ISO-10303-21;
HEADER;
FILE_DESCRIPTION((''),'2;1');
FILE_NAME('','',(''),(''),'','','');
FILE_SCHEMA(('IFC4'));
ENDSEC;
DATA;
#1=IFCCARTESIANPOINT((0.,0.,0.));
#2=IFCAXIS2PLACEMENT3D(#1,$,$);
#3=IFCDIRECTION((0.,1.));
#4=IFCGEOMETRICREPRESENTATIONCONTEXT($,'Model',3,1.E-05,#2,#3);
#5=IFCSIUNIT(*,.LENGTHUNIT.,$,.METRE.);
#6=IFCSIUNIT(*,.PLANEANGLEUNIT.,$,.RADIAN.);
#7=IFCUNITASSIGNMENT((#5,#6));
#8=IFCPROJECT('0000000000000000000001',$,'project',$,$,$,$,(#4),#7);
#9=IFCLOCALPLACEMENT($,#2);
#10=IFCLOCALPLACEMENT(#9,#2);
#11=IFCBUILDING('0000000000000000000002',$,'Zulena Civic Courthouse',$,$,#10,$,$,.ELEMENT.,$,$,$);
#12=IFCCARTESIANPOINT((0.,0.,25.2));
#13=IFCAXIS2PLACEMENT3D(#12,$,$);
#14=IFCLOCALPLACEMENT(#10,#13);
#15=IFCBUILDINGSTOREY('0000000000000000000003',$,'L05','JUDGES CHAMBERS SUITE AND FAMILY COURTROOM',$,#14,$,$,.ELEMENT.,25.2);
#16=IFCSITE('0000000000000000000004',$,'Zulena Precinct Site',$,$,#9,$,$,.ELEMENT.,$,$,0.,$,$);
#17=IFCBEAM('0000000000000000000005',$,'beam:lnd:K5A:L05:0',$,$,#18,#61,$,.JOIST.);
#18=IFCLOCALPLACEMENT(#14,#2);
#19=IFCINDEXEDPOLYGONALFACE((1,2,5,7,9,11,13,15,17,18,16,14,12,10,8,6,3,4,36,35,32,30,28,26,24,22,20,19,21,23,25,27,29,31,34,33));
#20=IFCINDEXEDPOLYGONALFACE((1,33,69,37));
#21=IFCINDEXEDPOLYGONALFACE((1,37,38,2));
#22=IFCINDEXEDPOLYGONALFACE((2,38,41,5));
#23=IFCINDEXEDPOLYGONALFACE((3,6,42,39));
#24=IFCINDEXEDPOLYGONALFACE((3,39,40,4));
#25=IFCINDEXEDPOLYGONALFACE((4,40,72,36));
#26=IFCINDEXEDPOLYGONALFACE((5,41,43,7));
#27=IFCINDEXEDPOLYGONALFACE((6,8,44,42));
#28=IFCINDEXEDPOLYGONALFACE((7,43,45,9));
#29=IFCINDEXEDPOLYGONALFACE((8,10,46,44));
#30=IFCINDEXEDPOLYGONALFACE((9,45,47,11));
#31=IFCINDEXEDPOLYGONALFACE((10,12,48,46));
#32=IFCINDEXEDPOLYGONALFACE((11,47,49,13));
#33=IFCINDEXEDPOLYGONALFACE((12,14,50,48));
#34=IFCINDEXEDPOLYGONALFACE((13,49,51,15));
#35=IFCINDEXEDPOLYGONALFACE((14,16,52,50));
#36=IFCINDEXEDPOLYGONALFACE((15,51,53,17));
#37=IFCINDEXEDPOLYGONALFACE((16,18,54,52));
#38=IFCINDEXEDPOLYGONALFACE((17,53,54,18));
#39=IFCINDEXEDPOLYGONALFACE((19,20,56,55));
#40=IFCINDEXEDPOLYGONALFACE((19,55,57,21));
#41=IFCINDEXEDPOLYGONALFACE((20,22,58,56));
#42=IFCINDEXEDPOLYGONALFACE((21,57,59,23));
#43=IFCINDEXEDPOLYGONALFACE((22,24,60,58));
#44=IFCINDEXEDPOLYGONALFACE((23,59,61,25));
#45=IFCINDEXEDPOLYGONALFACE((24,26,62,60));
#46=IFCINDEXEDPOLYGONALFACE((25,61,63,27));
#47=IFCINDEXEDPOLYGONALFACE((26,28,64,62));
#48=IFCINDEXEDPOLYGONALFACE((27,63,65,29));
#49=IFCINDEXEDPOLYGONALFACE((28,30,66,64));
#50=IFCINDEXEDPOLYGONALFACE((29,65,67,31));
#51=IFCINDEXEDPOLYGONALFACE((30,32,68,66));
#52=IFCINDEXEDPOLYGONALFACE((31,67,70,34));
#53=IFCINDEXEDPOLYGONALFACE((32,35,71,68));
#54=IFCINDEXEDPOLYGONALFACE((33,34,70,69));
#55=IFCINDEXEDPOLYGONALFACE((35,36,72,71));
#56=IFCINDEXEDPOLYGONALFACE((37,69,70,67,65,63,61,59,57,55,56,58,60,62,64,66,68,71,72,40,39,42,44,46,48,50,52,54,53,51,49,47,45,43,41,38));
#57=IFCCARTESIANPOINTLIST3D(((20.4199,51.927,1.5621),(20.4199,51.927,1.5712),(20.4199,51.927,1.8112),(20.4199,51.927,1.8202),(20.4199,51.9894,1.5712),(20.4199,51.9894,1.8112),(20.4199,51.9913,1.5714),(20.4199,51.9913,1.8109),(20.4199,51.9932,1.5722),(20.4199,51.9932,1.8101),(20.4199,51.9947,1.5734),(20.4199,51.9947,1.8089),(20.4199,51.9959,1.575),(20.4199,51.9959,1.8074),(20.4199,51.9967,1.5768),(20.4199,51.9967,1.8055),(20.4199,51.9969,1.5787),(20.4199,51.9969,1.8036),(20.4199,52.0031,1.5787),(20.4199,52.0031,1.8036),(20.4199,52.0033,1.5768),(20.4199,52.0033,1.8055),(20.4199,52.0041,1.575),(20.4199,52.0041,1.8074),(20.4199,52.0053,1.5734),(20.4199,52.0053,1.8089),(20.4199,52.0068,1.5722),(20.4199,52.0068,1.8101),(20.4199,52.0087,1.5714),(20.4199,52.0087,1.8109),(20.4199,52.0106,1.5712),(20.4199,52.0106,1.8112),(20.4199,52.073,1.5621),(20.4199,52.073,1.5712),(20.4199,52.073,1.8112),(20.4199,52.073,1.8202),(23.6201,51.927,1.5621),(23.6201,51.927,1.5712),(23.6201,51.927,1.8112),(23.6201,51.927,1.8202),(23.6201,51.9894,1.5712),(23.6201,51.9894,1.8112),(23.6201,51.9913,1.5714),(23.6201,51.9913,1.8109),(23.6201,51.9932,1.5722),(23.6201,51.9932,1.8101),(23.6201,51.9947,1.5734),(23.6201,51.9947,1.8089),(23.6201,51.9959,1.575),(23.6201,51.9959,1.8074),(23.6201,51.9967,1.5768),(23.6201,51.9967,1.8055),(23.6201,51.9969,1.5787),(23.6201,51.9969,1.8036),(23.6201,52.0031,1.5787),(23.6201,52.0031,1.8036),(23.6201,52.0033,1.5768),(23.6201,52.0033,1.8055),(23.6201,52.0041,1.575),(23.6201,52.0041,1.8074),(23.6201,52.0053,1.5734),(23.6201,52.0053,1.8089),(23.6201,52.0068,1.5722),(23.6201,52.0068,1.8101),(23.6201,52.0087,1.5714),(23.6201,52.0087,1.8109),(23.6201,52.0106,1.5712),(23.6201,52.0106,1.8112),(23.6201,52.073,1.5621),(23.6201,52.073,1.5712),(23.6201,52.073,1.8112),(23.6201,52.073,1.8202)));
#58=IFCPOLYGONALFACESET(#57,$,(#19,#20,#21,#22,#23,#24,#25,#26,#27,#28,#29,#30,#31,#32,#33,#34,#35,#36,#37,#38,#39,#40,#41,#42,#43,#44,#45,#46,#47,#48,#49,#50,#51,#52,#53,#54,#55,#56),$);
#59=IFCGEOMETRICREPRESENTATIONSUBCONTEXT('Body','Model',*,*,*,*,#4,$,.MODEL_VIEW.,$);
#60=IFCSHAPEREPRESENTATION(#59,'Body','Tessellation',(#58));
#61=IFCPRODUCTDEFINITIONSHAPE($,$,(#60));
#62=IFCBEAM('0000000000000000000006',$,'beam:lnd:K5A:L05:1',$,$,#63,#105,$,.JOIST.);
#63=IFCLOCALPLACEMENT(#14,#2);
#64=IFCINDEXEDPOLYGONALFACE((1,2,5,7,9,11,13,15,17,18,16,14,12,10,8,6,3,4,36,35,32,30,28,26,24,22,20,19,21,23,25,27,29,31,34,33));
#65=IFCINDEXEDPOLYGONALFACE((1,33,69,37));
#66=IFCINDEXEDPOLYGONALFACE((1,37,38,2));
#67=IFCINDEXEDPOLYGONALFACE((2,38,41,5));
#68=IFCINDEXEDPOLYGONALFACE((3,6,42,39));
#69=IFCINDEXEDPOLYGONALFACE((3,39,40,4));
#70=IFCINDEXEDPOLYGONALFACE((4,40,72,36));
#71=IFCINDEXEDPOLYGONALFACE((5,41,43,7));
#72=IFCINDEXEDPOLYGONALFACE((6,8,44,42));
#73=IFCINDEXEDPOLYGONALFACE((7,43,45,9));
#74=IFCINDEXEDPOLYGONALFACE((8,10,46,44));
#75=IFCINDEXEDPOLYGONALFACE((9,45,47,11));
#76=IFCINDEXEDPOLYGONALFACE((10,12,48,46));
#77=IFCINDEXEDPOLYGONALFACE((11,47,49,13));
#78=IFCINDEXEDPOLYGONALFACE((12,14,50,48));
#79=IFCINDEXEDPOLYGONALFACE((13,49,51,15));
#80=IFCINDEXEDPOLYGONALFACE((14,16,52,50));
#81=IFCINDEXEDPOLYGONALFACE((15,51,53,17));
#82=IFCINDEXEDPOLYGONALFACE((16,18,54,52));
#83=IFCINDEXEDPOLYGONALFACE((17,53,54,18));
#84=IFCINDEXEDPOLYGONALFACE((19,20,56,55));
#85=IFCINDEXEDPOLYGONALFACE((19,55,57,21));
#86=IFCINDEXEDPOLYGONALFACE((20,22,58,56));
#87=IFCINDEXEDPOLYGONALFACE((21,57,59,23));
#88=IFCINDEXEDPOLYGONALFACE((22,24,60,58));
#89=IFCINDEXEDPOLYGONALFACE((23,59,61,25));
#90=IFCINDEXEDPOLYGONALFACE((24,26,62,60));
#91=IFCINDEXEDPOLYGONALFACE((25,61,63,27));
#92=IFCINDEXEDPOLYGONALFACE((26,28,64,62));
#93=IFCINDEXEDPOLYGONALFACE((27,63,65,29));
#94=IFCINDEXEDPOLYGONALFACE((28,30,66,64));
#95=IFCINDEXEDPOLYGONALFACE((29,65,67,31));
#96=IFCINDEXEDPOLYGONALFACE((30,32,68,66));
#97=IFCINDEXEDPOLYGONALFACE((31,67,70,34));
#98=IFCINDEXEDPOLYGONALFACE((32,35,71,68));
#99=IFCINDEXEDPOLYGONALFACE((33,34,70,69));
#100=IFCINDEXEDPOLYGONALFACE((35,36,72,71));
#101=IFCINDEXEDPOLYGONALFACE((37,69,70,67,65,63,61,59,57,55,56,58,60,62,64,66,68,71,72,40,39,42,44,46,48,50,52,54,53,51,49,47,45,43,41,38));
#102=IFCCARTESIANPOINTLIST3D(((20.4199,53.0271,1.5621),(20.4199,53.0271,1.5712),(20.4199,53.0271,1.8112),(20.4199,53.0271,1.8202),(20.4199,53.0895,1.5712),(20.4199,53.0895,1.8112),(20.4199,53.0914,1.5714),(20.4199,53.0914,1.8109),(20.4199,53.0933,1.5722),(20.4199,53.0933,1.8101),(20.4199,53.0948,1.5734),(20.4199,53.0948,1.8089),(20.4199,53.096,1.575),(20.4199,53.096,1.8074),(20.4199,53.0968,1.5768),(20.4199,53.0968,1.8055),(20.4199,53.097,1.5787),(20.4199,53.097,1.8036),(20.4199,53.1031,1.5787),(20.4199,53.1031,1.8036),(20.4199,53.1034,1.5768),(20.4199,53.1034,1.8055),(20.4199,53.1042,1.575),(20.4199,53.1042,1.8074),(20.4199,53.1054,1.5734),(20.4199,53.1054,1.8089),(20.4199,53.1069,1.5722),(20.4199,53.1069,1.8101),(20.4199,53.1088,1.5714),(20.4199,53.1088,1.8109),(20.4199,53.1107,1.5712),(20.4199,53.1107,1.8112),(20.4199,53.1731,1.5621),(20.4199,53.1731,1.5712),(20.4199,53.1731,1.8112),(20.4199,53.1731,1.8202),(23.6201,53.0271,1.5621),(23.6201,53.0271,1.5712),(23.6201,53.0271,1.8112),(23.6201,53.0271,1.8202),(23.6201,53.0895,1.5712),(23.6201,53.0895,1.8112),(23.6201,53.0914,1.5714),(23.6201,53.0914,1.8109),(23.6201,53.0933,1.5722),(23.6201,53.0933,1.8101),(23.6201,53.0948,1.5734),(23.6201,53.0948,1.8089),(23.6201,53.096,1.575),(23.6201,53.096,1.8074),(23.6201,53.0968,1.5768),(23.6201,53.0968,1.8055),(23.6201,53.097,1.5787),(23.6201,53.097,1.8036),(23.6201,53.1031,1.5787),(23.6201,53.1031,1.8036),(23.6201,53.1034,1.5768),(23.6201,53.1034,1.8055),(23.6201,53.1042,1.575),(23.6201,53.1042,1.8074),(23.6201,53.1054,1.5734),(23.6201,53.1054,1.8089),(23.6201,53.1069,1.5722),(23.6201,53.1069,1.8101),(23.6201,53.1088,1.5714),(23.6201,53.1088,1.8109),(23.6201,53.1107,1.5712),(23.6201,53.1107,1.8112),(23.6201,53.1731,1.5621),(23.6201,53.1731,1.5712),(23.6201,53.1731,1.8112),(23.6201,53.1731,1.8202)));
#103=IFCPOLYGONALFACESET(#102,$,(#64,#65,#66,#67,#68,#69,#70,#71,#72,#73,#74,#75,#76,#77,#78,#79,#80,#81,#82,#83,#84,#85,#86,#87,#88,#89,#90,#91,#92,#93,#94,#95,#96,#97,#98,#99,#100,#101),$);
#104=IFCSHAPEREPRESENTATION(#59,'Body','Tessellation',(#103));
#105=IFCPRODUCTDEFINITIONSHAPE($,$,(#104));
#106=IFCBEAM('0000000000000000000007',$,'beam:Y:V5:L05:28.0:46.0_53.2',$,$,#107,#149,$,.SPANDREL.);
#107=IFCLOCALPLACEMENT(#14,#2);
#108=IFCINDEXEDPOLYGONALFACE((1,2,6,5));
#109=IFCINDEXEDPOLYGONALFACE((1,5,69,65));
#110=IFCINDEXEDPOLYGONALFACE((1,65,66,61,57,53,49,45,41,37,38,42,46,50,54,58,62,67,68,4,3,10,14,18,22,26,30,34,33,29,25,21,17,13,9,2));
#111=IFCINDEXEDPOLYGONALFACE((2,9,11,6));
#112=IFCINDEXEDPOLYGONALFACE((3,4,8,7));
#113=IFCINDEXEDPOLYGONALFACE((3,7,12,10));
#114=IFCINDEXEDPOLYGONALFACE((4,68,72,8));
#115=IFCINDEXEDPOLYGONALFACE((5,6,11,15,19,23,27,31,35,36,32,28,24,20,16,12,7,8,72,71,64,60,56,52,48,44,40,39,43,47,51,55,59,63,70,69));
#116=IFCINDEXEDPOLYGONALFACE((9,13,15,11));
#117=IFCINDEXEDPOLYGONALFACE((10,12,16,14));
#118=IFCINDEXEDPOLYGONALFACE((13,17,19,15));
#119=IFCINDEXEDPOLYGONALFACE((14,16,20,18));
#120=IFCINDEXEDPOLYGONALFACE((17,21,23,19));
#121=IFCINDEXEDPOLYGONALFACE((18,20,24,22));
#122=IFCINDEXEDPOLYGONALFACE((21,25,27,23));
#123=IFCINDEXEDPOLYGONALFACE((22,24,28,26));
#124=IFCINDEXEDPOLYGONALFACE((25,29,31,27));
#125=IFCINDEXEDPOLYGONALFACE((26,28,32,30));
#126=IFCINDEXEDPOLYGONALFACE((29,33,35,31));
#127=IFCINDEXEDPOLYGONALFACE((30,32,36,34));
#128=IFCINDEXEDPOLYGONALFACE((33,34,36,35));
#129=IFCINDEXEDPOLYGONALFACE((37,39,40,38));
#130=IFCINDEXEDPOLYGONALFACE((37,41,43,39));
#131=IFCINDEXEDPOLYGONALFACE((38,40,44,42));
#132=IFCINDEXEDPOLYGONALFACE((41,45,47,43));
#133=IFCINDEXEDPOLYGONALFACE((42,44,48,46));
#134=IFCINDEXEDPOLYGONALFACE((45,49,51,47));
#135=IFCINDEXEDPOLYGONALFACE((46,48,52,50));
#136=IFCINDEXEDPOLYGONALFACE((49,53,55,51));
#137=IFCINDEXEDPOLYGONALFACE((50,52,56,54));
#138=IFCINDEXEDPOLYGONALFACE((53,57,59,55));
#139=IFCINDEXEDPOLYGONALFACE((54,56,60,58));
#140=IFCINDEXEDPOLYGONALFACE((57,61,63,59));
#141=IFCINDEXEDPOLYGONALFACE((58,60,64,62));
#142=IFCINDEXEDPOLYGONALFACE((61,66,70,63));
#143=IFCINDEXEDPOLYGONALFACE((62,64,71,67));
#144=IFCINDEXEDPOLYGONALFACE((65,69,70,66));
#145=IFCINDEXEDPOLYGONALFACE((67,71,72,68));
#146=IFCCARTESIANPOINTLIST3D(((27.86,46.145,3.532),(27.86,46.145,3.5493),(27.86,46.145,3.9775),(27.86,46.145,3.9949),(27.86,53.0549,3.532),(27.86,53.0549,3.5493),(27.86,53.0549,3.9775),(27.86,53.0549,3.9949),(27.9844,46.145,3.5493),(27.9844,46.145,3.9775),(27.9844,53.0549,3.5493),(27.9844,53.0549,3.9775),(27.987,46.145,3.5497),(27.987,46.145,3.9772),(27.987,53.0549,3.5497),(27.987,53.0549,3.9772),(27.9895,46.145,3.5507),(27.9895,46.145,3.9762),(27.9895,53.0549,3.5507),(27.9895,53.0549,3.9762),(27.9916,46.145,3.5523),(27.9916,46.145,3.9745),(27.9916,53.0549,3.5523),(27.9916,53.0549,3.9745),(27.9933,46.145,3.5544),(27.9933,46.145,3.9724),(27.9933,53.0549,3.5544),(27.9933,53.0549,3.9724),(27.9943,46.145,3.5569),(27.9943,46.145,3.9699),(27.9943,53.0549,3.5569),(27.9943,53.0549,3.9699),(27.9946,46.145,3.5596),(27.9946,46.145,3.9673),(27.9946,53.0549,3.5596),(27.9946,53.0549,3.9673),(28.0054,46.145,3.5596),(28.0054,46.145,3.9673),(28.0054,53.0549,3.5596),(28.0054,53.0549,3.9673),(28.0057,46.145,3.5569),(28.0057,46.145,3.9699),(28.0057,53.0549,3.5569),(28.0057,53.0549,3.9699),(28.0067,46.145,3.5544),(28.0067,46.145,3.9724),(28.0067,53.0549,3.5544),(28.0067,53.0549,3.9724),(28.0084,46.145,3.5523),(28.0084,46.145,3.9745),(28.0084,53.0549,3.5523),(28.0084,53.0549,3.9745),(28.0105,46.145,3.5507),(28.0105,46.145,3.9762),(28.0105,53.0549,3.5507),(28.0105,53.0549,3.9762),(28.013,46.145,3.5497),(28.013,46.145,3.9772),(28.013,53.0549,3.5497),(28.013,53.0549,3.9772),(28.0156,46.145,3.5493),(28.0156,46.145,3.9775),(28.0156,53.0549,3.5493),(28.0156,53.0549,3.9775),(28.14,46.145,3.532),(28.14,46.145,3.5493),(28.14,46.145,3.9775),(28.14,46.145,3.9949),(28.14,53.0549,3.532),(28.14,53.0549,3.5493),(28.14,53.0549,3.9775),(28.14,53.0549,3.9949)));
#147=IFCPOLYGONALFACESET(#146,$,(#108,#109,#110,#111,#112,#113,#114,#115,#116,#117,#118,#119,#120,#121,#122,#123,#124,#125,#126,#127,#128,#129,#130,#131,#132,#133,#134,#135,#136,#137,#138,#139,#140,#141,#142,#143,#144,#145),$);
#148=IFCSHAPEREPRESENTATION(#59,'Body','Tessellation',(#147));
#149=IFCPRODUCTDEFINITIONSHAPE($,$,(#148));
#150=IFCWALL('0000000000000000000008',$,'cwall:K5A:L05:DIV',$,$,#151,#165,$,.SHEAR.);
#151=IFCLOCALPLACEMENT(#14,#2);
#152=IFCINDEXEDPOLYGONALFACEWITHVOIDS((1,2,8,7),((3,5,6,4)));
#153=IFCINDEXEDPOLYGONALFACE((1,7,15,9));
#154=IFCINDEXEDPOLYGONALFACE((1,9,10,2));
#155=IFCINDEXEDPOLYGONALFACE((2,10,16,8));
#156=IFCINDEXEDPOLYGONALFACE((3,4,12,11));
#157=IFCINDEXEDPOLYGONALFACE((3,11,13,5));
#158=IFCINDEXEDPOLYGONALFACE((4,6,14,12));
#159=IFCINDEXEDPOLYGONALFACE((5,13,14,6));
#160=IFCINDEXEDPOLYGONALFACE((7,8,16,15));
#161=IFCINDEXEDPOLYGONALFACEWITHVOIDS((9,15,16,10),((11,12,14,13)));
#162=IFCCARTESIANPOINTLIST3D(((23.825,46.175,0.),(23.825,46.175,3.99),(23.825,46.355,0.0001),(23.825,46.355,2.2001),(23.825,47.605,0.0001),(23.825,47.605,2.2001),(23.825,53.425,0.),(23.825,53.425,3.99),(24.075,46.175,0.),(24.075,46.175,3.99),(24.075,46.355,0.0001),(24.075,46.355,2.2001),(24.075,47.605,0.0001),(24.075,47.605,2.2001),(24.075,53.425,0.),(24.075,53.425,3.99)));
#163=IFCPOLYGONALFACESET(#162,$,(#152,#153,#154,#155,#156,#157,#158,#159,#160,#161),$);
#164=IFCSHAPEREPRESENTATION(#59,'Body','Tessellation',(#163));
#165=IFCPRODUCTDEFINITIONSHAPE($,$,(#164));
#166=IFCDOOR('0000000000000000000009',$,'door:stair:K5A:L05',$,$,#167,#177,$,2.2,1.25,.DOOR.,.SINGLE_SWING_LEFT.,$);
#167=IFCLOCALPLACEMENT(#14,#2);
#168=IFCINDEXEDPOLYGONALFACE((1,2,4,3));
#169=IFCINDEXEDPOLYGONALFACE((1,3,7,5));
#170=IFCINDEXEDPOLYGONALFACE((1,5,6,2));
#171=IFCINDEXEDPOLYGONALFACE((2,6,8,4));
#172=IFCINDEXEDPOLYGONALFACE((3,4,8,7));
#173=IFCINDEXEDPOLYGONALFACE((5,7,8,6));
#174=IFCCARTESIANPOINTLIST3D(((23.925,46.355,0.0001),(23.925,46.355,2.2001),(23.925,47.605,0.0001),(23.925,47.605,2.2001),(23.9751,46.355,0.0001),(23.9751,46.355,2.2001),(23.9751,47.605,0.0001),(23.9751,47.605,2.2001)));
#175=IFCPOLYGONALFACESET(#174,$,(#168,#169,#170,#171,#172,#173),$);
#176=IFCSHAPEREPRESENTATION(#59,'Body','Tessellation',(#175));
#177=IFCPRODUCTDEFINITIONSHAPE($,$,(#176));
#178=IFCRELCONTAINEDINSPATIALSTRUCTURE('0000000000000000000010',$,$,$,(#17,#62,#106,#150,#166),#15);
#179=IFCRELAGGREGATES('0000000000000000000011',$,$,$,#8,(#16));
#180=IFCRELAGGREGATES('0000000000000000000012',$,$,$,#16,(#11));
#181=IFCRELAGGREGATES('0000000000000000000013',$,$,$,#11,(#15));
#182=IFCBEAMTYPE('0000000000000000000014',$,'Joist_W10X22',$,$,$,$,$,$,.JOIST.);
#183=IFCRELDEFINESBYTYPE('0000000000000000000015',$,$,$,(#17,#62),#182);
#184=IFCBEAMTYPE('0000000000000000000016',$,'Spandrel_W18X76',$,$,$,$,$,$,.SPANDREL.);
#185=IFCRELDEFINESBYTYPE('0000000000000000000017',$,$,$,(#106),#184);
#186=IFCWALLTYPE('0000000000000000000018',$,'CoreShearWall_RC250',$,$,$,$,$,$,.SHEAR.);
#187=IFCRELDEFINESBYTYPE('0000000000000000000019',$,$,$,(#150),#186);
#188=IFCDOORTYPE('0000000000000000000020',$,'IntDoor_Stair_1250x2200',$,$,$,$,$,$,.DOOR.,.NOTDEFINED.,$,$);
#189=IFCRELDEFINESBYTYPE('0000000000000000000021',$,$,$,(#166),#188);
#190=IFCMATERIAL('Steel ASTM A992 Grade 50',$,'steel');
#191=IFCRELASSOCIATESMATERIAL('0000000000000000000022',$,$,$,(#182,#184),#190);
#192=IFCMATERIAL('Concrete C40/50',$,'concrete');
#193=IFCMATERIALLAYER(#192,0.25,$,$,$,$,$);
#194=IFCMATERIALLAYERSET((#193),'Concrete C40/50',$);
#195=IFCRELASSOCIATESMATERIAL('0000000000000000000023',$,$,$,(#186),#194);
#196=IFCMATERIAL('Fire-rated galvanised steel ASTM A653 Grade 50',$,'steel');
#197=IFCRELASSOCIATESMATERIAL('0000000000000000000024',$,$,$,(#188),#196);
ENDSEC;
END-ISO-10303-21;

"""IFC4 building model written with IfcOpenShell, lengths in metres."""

from ifc_helpers import new_model, si_unit, direction, frame, frame_2d, origin, origin_2d, place, context, subcontext, project, spatial, rectangle, i_section, extrude, material, layer, layer_set, material_profile, profile_set, type_object, element, fill, save


model = new_model("IFC4")

# Units and contexts
model_context = context("Model", 3, precision=1e-05, world=origin(), true_north=direction((0.0, 1.0)))
body_context = subcontext(model_context, "Body", "Model", "MODEL_VIEW")
ifc_project = project(units=[si_unit("LENGTHUNIT", "METRE"), si_unit("PLANEANGLEUNIT", "RADIAN")], contexts=[model_context])

# Site, building, storey
site_placement = place(None, origin())
site = spatial("IfcSite", under=ifc_project, at=site_placement, Name="Zulena Precinct Site", CompositionType="ELEMENT", RefElevation=0.0)
building_placement = place(site_placement, origin())
building = spatial("IfcBuilding", under=site, at=building_placement, Name="Zulena Civic Courthouse", CompositionType="ELEMENT")
storey_placement = place(building_placement, frame((0.0, 0.0, 25.2)))
storey = spatial("IfcBuildingStorey", under=building, at=storey_placement, Name="L05", Description="JUDGES CHAMBERS SUITE AND FAMILY COURTROOM", CompositionType="ELEMENT", Elevation=25.2)

# Shared definitions
ifc_material_1 = material(Name="Steel ASTM A992 Grade 50", Category="steel")

# Beams
ifc_material_profile_1 = material_profile(ifc_material_1, i_section(OverallWidth=0.146, OverallDepth=0.2581, WebThickness=0.0061, FlangeThickness=0.009, FilletRadius=0.0076, at=origin_2d()), Name="W10X22")
ifc_profile_set_1 = profile_set([ifc_material_profile_1], Name="Steel ASTM A992 Grade 50")
beam_type_1 = type_object("IfcBeamType", Name="Joist_W10X22", PredefinedType="JOIST", material=ifc_profile_set_1)
for number, where, z_axis, x_axis, name in (
    (1, (20.4199, 52.0, 1.6912), (1.0, 0.0, 0.0), (0.0, 1.0, 0.0), "beam:lnd:K5A:L05:0"),
    (2, (20.4199, 53.1001, 1.6912), (1.0, 0.0, 0.0), (0.0, 1.0, 0.0), "beam:lnd:K5A:L05:1"),
):
    element("IfcBeam", number, at=place(storey_placement, frame(where, z_axis=z_axis, x_axis=x_axis)), inside=storey, type_object=beam_type_1, Name=name, PredefinedType="JOIST", context=body_context, shape_type="SweptSolid", body=[
        extrude(i_section(OverallWidth=0.146, OverallDepth=0.2581, WebThickness=0.0061, FlangeThickness=0.009, FilletRadius=0.0076, at=origin_2d()), origin(), (0.0, 0.0, 1.0), 3.2002),
    ])
ifc_material_profile_2 = material_profile(ifc_material_1, i_section(OverallWidth=0.28, OverallDepth=0.4629, WebThickness=0.0107, FlangeThickness=0.0173, FilletRadius=0.0103, at=origin_2d()), Name="W18X76")
ifc_profile_set_2 = profile_set([ifc_material_profile_2], Name="Steel ASTM A992 Grade 50")
beam_type_2 = type_object("IfcBeamType", Name="Spandrel_W18X76", PredefinedType="SPANDREL", material=ifc_profile_set_2)
beam_1_placement = place(storey_placement, frame((28.0, 46.145, 3.7634), z_axis=(0.0, 1.0, 0.0), x_axis=(-1.0, 0.0, 0.0)))
element("IfcBeam", 3, at=beam_1_placement, inside=storey, type_object=beam_type_2, Name="beam:Y:V5:L05:28.0:46.0_53.2", PredefinedType="SPANDREL", context=body_context, shape_type="SweptSolid", body=[
    extrude(i_section(OverallWidth=0.28, OverallDepth=0.4629, WebThickness=0.0107, FlangeThickness=0.0173, FilletRadius=0.0103, at=origin_2d()), origin(), (0.0, 0.0, 1.0), 6.9099),
])

# Wall, opening, door
ifc_material_2 = material(Name="Concrete C40/50", Category="concrete")
ifc_layer_1 = layer(ifc_material_2, 0.25)
ifc_layer_set_1 = layer_set([ifc_layer_1], Name="Concrete C40/50")
wall_type_1 = type_object("IfcWallType", Name="CoreShearWall_RC250", PredefinedType="SHEAR", material=ifc_layer_set_1)
wall_1_placement = place(storey_placement, frame((23.95, 46.175, 0.0), z_axis=(0.0, 0.0, 1.0), x_axis=(0.0, 1.0, 0.0)))
wall_1 = element("IfcWall", 4, at=wall_1_placement, inside=storey, type_object=wall_type_1, Name="cwall:K5A:L05:DIV", PredefinedType="SHEAR", context=body_context, shape_type="SweptSolid", body=[
    extrude(rectangle(XDim=7.25, YDim=0.25, at=frame_2d((3.625, 0.0))), origin(), (0.0, 0.0, 1.0), 3.99),
])
opening_1_placement = place(wall_1_placement, frame((0.1799, 0.0, 0.0)))
opening_1 = element("IfcOpeningElement", 5, at=opening_1_placement, cuts=wall_1, PredefinedType="OPENING", context=body_context, shape_type="SweptSolid", body=[
    extrude(rectangle(XDim=1.25, YDim=2.2, at=frame_2d((0.625, 1.1001))), frame((0.0, 0.135, 0.0), z_axis=(0.0, -1.0, 0.0), x_axis=(1.0, 0.0, 0.0)), (0.0, 0.0, 1.0), 0.27),
])
ifc_material_3 = material(Name="Fire-rated galvanised steel ASTM A653 Grade 50", Category="steel")
door_type_1 = type_object("IfcDoorType", Name="IntDoor_Stair_1250x2200", OperationType="NOTDEFINED", PredefinedType="DOOR", material=ifc_material_3)
door_1_placement = place(opening_1_placement, origin())
door_1 = element("IfcDoor", 6, at=door_1_placement, inside=storey, type_object=door_type_1, Name="door:stair:K5A:L05", OperationType="SINGLE_SWING_LEFT", OverallHeight=2.2, OverallWidth=1.25, PredefinedType="DOOR", context=body_context, shape_type="SweptSolid", body=[
    extrude(rectangle(XDim=1.25, YDim=2.2, at=frame_2d((0.625, 1.1001))), frame((0.0, 0.0249, 0.0), z_axis=(0.0, -1.0, 0.0), x_axis=(1.0, 0.0, 0.0)), (0.0, 0.0, 1.0), 0.05),
])
fill(opening_1, door_1)

save(model, "model.ifc")
